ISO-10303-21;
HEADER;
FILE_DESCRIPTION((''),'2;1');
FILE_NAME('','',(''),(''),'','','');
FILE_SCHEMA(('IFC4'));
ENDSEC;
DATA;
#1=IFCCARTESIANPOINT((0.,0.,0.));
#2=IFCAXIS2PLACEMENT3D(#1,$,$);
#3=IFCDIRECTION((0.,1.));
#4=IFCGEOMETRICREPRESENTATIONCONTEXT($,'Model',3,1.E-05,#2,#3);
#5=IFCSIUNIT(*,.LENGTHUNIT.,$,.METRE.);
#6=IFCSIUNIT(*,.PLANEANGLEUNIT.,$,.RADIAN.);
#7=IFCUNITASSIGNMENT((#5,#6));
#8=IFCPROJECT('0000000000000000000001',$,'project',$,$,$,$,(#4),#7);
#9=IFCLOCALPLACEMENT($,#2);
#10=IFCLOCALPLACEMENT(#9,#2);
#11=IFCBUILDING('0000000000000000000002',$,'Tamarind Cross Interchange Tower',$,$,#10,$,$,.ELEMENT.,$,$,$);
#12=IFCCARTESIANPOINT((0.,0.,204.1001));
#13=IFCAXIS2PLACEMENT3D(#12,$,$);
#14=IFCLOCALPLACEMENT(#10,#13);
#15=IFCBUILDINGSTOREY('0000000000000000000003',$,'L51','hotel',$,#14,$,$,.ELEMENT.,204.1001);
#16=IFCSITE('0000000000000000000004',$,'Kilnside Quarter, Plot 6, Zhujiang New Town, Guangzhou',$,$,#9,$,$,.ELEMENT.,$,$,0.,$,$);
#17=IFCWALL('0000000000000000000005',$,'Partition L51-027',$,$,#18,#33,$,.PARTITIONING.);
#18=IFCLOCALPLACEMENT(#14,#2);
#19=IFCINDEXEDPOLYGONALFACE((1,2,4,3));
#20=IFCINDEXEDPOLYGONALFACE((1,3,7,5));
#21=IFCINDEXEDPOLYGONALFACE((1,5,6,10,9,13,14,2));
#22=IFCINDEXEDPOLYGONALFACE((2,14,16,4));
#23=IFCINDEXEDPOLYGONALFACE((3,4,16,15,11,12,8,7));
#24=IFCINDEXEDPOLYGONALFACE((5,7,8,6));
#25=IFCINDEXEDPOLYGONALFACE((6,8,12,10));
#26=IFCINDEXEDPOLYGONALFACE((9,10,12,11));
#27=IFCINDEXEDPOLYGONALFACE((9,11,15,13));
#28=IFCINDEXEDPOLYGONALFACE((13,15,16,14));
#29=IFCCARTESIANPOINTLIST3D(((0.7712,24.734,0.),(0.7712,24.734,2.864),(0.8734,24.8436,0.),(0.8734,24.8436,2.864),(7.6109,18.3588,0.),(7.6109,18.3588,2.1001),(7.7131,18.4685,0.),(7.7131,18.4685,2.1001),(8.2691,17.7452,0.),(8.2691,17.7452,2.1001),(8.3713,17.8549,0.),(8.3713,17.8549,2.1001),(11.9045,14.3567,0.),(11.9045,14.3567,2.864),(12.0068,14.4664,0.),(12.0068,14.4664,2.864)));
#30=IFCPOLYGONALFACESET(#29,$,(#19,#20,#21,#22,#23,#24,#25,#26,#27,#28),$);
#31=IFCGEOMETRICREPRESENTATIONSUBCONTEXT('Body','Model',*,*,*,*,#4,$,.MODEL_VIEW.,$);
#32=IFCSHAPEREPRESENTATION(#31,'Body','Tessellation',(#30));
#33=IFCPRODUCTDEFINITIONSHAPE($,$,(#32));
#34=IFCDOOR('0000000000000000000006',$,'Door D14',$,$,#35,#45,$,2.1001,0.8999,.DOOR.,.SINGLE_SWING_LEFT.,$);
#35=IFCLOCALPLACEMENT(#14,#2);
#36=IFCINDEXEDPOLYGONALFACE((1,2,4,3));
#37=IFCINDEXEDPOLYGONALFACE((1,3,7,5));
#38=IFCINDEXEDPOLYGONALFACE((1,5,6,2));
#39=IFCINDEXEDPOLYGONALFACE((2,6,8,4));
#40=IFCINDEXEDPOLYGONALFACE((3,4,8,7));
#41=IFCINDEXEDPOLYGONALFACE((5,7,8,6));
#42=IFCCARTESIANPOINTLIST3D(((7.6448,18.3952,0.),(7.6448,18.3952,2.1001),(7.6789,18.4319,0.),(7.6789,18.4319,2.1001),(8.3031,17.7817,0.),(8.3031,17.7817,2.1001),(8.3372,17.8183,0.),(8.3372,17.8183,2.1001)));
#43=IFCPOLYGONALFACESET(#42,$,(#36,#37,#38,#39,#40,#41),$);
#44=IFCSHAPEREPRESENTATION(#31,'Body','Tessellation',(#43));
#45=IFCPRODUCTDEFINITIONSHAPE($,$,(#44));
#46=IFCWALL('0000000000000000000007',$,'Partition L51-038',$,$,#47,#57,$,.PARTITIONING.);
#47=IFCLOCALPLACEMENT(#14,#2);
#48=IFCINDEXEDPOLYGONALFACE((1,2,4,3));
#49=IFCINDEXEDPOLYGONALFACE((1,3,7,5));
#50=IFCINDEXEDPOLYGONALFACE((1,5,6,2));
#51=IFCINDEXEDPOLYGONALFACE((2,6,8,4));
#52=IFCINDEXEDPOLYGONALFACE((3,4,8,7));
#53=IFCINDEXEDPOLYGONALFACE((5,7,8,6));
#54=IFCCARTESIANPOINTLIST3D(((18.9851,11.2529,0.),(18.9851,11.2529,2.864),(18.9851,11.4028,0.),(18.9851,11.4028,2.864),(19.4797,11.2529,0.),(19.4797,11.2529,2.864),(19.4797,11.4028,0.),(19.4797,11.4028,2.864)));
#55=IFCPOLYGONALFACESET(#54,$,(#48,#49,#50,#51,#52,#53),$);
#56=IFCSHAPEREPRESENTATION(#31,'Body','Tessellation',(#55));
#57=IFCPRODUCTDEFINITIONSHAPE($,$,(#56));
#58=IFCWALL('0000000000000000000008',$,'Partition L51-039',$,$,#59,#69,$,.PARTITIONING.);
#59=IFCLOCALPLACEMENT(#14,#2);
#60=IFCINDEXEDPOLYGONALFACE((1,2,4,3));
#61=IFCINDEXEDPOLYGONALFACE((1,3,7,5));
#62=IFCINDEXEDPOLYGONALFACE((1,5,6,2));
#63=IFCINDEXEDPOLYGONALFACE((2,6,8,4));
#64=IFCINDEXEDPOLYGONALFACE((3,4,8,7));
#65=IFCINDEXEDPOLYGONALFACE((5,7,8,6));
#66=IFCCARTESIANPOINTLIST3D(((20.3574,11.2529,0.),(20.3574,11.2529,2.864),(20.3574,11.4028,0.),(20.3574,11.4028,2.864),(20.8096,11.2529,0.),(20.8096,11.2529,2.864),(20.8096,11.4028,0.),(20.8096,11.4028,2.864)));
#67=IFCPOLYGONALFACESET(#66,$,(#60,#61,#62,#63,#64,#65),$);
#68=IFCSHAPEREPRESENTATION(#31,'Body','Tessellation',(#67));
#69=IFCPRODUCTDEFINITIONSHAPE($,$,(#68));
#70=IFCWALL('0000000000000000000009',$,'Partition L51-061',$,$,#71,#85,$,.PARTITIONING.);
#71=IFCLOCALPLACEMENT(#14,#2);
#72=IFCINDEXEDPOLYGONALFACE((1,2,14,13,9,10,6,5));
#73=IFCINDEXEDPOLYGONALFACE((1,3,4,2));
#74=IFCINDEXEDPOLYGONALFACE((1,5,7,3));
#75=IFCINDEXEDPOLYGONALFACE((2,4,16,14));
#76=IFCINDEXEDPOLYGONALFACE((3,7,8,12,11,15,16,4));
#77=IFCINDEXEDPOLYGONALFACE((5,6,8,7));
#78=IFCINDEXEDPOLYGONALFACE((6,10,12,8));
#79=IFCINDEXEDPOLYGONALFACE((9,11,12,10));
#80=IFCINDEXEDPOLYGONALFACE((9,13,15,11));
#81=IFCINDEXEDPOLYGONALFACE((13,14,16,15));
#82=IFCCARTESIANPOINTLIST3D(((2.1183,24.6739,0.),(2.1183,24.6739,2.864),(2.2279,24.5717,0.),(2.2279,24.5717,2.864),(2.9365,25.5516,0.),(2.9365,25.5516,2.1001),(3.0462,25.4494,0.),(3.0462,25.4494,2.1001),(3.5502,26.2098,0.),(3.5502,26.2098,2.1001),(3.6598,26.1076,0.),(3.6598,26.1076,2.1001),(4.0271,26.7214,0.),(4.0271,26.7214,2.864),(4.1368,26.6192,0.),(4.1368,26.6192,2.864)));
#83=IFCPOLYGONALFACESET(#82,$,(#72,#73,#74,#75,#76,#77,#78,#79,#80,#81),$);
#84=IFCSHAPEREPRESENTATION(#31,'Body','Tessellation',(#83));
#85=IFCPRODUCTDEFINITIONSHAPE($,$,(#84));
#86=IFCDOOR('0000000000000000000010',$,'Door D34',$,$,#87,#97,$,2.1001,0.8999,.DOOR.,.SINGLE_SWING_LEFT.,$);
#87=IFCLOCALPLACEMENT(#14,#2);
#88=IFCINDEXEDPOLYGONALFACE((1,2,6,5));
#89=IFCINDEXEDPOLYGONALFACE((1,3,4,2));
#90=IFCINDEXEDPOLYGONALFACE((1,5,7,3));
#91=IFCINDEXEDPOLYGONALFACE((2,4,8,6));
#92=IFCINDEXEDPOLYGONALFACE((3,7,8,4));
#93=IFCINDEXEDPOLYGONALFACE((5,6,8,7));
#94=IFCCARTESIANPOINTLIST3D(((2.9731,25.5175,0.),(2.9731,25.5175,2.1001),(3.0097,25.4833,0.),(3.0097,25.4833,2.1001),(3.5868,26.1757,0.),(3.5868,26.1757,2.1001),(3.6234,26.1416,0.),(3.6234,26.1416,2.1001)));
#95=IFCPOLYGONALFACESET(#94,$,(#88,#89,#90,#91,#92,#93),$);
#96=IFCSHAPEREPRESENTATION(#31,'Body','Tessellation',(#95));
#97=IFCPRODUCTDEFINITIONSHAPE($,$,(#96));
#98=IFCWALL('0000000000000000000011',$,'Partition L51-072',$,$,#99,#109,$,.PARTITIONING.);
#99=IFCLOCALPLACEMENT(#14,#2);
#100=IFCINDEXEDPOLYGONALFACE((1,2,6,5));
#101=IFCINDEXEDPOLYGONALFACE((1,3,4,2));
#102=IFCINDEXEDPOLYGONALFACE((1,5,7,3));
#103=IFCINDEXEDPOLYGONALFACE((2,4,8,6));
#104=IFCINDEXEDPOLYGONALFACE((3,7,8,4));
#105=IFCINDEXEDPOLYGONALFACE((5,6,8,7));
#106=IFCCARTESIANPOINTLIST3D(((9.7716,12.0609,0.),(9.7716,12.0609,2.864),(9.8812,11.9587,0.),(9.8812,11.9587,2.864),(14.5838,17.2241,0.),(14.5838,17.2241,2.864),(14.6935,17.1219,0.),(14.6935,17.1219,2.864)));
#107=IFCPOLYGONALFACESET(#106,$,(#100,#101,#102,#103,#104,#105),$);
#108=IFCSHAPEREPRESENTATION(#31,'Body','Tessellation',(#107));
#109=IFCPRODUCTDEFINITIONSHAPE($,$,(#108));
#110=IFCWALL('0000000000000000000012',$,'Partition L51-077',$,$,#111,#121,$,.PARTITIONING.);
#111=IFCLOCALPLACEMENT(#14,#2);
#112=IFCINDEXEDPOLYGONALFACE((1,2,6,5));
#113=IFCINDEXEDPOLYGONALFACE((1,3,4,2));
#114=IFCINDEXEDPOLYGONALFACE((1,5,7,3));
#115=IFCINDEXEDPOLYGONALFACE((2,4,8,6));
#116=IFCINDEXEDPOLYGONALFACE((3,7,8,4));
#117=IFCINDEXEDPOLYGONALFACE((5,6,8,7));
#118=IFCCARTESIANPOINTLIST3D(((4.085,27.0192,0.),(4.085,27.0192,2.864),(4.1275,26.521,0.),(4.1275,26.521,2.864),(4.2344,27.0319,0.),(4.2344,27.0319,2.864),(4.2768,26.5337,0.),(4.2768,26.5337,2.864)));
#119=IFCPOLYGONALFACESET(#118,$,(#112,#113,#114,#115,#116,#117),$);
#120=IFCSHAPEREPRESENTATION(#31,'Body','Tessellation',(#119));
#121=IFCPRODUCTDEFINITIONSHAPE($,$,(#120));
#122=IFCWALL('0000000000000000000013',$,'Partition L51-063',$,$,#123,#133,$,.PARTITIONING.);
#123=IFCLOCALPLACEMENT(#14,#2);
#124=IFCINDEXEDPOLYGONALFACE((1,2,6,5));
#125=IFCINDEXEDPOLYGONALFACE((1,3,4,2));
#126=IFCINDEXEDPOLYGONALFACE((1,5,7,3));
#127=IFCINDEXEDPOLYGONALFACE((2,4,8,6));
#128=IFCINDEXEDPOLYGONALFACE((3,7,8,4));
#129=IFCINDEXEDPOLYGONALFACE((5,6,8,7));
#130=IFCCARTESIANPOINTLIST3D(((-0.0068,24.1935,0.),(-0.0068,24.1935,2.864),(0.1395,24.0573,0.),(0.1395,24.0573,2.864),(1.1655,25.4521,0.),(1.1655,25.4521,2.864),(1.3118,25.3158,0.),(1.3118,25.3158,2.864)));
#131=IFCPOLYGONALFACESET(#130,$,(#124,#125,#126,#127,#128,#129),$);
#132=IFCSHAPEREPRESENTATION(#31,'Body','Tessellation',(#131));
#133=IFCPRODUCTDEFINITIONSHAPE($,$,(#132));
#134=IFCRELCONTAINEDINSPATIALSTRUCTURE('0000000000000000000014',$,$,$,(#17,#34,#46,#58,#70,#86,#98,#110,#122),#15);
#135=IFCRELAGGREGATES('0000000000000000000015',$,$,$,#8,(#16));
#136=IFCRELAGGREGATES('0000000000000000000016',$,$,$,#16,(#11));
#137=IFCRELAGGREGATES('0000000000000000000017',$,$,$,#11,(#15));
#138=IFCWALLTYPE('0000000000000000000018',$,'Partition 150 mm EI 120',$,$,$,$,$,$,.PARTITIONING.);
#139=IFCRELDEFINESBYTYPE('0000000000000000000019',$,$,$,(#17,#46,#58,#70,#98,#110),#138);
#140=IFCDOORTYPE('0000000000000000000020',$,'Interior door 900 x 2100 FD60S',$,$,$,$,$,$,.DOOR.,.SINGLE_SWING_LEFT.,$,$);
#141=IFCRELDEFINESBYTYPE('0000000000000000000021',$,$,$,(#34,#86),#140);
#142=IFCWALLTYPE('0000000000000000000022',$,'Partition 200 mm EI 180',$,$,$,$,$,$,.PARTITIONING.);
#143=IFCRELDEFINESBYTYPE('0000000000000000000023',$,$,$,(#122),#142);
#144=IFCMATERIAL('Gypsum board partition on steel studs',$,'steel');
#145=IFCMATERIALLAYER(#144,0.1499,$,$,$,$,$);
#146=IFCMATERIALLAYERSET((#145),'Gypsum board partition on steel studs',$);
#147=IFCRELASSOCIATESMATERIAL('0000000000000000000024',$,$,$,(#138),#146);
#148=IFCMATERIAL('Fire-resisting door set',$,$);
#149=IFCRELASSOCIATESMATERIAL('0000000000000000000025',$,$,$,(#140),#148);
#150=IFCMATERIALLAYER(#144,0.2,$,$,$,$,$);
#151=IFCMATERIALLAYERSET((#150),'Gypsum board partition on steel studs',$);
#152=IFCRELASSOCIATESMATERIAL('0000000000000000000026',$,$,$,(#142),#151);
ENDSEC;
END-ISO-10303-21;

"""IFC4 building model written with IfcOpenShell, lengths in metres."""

from ifc_helpers import new_model, si_unit, direction, frame, frame_2d, origin, place, context, subcontext, project, spatial, rectangle, extrude, material, layer, layer_set, type_object, element, fill, save


model = new_model("IFC4")

# Units and contexts
model_context = context("Model", 3, precision=1e-05, world=origin(), true_north=direction((0.0, 1.0)))
body_context = subcontext(model_context, "Body", "Model", "MODEL_VIEW")
ifc_project = project(units=[si_unit("LENGTHUNIT", "METRE"), si_unit("PLANEANGLEUNIT", "RADIAN")], contexts=[model_context])

# Site, building, storey
site_placement = place(None, origin())
site = spatial("IfcSite", under=ifc_project, at=site_placement, Name="Kilnside Quarter, Plot 6, Zhujiang New Town, Guangzhou", CompositionType="ELEMENT", RefElevation=0.0)
building_placement = place(site_placement, origin())
building = spatial("IfcBuilding", under=site, at=building_placement, Name="Tamarind Cross Interchange Tower", CompositionType="ELEMENT")
storey_placement = place(building_placement, frame((0.0, 0.0, 204.1001)))
storey = spatial("IfcBuildingStorey", under=building, at=storey_placement, Name="L51", Description="hotel", CompositionType="ELEMENT", Elevation=204.1001)

# Shared definitions
ifc_material_1 = material(Name="Gypsum board partition on steel studs", Category="steel")
ifc_layer_1 = layer(ifc_material_1, 0.1499)
ifc_layer_set_1 = layer_set([ifc_layer_1], Name="Gypsum board partition on steel studs")
wall_type_1 = type_object("IfcWallType", Name="Partition 150 mm EI 120", PredefinedType="PARTITIONING", material=ifc_layer_set_1)

# Wall, opening, door
wall_1_placement = place(storey_placement, frame((0.8223, 24.7888, 0.0), z_axis=(0.0, 0.0, 1.0), x_axis=(0.73151, -0.681831, 0.0)))
wall_1 = element("IfcWall", 1, at=wall_1_placement, inside=storey, type_object=wall_type_1, Name="Partition L51-027", PredefinedType="PARTITIONING", context=body_context, shape_type="SweptSolid", body=[
    extrude(rectangle(XDim=15.2197, YDim=0.1499, at=frame_2d((7.6099, 0.0))), origin(), (0.0, 0.0, 1.0), 2.864),
])
opening_1_placement = place(wall_1_placement, frame((9.3501, 0.0, 0.0)))
opening_1 = element("IfcOpeningElement", 2, at=opening_1_placement, cuts=wall_1, PredefinedType="OPENING", context=body_context, shape_type="SweptSolid", body=[
    extrude(rectangle(XDim=0.8999, YDim=2.1001, at=frame_2d((0.45, 1.05))), frame((0.0, 0.085, 0.0), z_axis=(0.0, -1.0, 0.0), x_axis=(1.0, 0.0, 0.0)), (0.0, 0.0, 1.0), 0.1699),
])
ifc_material_2 = material(Name="Fire-resisting door set")
door_type = type_object("IfcDoorType", Name="Interior door 900 x 2100 FD60S", OperationType="SINGLE_SWING_LEFT", PredefinedType="DOOR", material=ifc_material_2)
door_1_placement = place(opening_1_placement, origin())
door_1 = element("IfcDoor", 3, at=door_1_placement, inside=storey, type_object=door_type, Name="Door D14", OperationType="SINGLE_SWING_LEFT", OverallHeight=2.1001, OverallWidth=0.8999, PredefinedType="DOOR", context=body_context, shape_type="SweptSolid", body=[
    extrude(rectangle(XDim=0.8999, YDim=2.1001, at=frame_2d((0.45, 1.05))), frame((0.0, 0.0249, 0.0), z_axis=(0.0, -1.0, 0.0), x_axis=(1.0, 0.0, 0.0)), (0.0, 0.0, 1.0), 0.05),
])
fill(opening_1, door_1)

# Walls
wall_2_placement = place(storey_placement, frame((18.9851, 11.3279, 0.0), z_axis=(0.0, 0.0, 1.0), x_axis=(1.0, 0.0, 0.0)))
element("IfcWall", 4, at=wall_2_placement, inside=storey, type_object=wall_type_1, Name="Partition L51-038", PredefinedType="PARTITIONING", context=body_context, shape_type="SweptSolid", body=[
    extrude(rectangle(XDim=0.4946, YDim=0.1499, at=frame_2d((0.2473, 0.0))), origin(), (0.0, 0.0, 1.0), 2.864),
])
wall_3_placement = place(storey_placement, frame((20.3574, 11.3279, 0.0), z_axis=(0.0, 0.0, 1.0), x_axis=(1.0, 0.0, 0.0)))
element("IfcWall", 5, at=wall_3_placement, inside=storey, type_object=wall_type_1, Name="Partition L51-039", PredefinedType="PARTITIONING", context=body_context, shape_type="SweptSolid", body=[
    extrude(rectangle(XDim=0.4521, YDim=0.1499, at=frame_2d((0.2261, 0.0))), origin(), (0.0, 0.0, 1.0), 2.864),
])

# Wall, opening, door
wall_4_placement = place(storey_placement, frame((2.1731, 24.6228, 0.0), z_axis=(0.0, 0.0, 1.0), x_axis=(0.681905, 0.731441, 0.0)))
wall_4 = element("IfcWall", 6, at=wall_4_placement, inside=storey, type_object=wall_type_1, Name="Partition L51-061", PredefinedType="PARTITIONING", context=body_context, shape_type="SweptSolid", body=[
    extrude(rectangle(XDim=2.7993, YDim=0.1499, at=frame_2d((1.3997, 0.0))), origin(), (0.0, 0.0, 1.0), 2.864),
])
opening_2_placement = place(wall_4_placement, frame((1.2, 0.0, 0.0)))
opening_2 = element("IfcOpeningElement", 7, at=opening_2_placement, cuts=wall_4, PredefinedType="OPENING", context=body_context, shape_type="SweptSolid", body=[
    extrude(rectangle(XDim=0.8999, YDim=2.1001, at=frame_2d((0.45, 1.05))), frame((0.0, 0.085, 0.0), z_axis=(0.0, -1.0, 0.0), x_axis=(1.0, 0.0, 0.0)), (0.0, 0.0, 1.0), 0.1699),
])
door_2_placement = place(opening_2_placement, origin())
door_2 = element("IfcDoor", 8, at=door_2_placement, inside=storey, type_object=door_type, Name="Door D34", OperationType="SINGLE_SWING_LEFT", OverallHeight=2.1001, OverallWidth=0.8999, PredefinedType="DOOR", context=body_context, shape_type="SweptSolid", body=[
    extrude(rectangle(XDim=0.8999, YDim=2.1001, at=frame_2d((0.45, 1.05))), frame((0.0, 0.0249, 0.0), z_axis=(0.0, -1.0, 0.0), x_axis=(1.0, 0.0, 0.0)), (0.0, 0.0, 1.0), 0.05),
])
fill(opening_2, door_2)

# Walls
wall_5_placement = place(storey_placement, frame((9.8264, 12.0098, 0.0), z_axis=(0.0, 0.0, 1.0), x_axis=(0.681799, 0.731539, 0.0)))
element("IfcWall", 9, at=wall_5_placement, inside=storey, type_object=wall_type_1, Name="Partition L51-072", PredefinedType="PARTITIONING", context=body_context, shape_type="SweptSolid", body=[
    extrude(rectangle(XDim=7.0581, YDim=0.1499, at=frame_2d((3.5291, 0.0))), origin(), (0.0, 0.0, 1.0), 2.864),
])
wall_6_placement = place(storey_placement, frame((4.2021, 26.5273, 0.0), z_axis=(0.0, 0.0, 1.0), x_axis=(-0.084944, 0.996386, 0.0)))
element("IfcWall", 10, at=wall_6_placement, inside=storey, type_object=wall_type_1, Name="Partition L51-077", PredefinedType="PARTITIONING", context=body_context, shape_type="SweptSolid", body=[
    extrude(rectangle(XDim=0.5, YDim=0.1499, at=frame_2d((0.25, 0.0))), origin(), (0.0, 0.0, 1.0), 2.864),
])
ifc_layer_2 = layer(ifc_material_1, 0.2)
ifc_layer_set_2 = layer_set([ifc_layer_2], Name="Gypsum board partition on steel studs")
wall_type_2 = type_object("IfcWallType", Name="Partition 200 mm EI 180", PredefinedType="PARTITIONING", material=ifc_layer_set_2)
wall_7_placement = place(storey_placement, frame((0.0664, 24.1255, 0.0), z_axis=(0.0, 0.0, 1.0), x_axis=(0.68161, 0.731716, 0.0)))
element("IfcWall", 11, at=wall_7_placement, inside=storey, type_object=wall_type_2, Name="Partition L51-063", PredefinedType="PARTITIONING", context=body_context, shape_type="SweptSolid", body=[
    extrude(rectangle(XDim=1.72, YDim=0.2, at=frame_2d((0.8599, 0.0))), origin(), (0.0, 0.0, 1.0), 2.864),
])

save(model, "model.ifc")
